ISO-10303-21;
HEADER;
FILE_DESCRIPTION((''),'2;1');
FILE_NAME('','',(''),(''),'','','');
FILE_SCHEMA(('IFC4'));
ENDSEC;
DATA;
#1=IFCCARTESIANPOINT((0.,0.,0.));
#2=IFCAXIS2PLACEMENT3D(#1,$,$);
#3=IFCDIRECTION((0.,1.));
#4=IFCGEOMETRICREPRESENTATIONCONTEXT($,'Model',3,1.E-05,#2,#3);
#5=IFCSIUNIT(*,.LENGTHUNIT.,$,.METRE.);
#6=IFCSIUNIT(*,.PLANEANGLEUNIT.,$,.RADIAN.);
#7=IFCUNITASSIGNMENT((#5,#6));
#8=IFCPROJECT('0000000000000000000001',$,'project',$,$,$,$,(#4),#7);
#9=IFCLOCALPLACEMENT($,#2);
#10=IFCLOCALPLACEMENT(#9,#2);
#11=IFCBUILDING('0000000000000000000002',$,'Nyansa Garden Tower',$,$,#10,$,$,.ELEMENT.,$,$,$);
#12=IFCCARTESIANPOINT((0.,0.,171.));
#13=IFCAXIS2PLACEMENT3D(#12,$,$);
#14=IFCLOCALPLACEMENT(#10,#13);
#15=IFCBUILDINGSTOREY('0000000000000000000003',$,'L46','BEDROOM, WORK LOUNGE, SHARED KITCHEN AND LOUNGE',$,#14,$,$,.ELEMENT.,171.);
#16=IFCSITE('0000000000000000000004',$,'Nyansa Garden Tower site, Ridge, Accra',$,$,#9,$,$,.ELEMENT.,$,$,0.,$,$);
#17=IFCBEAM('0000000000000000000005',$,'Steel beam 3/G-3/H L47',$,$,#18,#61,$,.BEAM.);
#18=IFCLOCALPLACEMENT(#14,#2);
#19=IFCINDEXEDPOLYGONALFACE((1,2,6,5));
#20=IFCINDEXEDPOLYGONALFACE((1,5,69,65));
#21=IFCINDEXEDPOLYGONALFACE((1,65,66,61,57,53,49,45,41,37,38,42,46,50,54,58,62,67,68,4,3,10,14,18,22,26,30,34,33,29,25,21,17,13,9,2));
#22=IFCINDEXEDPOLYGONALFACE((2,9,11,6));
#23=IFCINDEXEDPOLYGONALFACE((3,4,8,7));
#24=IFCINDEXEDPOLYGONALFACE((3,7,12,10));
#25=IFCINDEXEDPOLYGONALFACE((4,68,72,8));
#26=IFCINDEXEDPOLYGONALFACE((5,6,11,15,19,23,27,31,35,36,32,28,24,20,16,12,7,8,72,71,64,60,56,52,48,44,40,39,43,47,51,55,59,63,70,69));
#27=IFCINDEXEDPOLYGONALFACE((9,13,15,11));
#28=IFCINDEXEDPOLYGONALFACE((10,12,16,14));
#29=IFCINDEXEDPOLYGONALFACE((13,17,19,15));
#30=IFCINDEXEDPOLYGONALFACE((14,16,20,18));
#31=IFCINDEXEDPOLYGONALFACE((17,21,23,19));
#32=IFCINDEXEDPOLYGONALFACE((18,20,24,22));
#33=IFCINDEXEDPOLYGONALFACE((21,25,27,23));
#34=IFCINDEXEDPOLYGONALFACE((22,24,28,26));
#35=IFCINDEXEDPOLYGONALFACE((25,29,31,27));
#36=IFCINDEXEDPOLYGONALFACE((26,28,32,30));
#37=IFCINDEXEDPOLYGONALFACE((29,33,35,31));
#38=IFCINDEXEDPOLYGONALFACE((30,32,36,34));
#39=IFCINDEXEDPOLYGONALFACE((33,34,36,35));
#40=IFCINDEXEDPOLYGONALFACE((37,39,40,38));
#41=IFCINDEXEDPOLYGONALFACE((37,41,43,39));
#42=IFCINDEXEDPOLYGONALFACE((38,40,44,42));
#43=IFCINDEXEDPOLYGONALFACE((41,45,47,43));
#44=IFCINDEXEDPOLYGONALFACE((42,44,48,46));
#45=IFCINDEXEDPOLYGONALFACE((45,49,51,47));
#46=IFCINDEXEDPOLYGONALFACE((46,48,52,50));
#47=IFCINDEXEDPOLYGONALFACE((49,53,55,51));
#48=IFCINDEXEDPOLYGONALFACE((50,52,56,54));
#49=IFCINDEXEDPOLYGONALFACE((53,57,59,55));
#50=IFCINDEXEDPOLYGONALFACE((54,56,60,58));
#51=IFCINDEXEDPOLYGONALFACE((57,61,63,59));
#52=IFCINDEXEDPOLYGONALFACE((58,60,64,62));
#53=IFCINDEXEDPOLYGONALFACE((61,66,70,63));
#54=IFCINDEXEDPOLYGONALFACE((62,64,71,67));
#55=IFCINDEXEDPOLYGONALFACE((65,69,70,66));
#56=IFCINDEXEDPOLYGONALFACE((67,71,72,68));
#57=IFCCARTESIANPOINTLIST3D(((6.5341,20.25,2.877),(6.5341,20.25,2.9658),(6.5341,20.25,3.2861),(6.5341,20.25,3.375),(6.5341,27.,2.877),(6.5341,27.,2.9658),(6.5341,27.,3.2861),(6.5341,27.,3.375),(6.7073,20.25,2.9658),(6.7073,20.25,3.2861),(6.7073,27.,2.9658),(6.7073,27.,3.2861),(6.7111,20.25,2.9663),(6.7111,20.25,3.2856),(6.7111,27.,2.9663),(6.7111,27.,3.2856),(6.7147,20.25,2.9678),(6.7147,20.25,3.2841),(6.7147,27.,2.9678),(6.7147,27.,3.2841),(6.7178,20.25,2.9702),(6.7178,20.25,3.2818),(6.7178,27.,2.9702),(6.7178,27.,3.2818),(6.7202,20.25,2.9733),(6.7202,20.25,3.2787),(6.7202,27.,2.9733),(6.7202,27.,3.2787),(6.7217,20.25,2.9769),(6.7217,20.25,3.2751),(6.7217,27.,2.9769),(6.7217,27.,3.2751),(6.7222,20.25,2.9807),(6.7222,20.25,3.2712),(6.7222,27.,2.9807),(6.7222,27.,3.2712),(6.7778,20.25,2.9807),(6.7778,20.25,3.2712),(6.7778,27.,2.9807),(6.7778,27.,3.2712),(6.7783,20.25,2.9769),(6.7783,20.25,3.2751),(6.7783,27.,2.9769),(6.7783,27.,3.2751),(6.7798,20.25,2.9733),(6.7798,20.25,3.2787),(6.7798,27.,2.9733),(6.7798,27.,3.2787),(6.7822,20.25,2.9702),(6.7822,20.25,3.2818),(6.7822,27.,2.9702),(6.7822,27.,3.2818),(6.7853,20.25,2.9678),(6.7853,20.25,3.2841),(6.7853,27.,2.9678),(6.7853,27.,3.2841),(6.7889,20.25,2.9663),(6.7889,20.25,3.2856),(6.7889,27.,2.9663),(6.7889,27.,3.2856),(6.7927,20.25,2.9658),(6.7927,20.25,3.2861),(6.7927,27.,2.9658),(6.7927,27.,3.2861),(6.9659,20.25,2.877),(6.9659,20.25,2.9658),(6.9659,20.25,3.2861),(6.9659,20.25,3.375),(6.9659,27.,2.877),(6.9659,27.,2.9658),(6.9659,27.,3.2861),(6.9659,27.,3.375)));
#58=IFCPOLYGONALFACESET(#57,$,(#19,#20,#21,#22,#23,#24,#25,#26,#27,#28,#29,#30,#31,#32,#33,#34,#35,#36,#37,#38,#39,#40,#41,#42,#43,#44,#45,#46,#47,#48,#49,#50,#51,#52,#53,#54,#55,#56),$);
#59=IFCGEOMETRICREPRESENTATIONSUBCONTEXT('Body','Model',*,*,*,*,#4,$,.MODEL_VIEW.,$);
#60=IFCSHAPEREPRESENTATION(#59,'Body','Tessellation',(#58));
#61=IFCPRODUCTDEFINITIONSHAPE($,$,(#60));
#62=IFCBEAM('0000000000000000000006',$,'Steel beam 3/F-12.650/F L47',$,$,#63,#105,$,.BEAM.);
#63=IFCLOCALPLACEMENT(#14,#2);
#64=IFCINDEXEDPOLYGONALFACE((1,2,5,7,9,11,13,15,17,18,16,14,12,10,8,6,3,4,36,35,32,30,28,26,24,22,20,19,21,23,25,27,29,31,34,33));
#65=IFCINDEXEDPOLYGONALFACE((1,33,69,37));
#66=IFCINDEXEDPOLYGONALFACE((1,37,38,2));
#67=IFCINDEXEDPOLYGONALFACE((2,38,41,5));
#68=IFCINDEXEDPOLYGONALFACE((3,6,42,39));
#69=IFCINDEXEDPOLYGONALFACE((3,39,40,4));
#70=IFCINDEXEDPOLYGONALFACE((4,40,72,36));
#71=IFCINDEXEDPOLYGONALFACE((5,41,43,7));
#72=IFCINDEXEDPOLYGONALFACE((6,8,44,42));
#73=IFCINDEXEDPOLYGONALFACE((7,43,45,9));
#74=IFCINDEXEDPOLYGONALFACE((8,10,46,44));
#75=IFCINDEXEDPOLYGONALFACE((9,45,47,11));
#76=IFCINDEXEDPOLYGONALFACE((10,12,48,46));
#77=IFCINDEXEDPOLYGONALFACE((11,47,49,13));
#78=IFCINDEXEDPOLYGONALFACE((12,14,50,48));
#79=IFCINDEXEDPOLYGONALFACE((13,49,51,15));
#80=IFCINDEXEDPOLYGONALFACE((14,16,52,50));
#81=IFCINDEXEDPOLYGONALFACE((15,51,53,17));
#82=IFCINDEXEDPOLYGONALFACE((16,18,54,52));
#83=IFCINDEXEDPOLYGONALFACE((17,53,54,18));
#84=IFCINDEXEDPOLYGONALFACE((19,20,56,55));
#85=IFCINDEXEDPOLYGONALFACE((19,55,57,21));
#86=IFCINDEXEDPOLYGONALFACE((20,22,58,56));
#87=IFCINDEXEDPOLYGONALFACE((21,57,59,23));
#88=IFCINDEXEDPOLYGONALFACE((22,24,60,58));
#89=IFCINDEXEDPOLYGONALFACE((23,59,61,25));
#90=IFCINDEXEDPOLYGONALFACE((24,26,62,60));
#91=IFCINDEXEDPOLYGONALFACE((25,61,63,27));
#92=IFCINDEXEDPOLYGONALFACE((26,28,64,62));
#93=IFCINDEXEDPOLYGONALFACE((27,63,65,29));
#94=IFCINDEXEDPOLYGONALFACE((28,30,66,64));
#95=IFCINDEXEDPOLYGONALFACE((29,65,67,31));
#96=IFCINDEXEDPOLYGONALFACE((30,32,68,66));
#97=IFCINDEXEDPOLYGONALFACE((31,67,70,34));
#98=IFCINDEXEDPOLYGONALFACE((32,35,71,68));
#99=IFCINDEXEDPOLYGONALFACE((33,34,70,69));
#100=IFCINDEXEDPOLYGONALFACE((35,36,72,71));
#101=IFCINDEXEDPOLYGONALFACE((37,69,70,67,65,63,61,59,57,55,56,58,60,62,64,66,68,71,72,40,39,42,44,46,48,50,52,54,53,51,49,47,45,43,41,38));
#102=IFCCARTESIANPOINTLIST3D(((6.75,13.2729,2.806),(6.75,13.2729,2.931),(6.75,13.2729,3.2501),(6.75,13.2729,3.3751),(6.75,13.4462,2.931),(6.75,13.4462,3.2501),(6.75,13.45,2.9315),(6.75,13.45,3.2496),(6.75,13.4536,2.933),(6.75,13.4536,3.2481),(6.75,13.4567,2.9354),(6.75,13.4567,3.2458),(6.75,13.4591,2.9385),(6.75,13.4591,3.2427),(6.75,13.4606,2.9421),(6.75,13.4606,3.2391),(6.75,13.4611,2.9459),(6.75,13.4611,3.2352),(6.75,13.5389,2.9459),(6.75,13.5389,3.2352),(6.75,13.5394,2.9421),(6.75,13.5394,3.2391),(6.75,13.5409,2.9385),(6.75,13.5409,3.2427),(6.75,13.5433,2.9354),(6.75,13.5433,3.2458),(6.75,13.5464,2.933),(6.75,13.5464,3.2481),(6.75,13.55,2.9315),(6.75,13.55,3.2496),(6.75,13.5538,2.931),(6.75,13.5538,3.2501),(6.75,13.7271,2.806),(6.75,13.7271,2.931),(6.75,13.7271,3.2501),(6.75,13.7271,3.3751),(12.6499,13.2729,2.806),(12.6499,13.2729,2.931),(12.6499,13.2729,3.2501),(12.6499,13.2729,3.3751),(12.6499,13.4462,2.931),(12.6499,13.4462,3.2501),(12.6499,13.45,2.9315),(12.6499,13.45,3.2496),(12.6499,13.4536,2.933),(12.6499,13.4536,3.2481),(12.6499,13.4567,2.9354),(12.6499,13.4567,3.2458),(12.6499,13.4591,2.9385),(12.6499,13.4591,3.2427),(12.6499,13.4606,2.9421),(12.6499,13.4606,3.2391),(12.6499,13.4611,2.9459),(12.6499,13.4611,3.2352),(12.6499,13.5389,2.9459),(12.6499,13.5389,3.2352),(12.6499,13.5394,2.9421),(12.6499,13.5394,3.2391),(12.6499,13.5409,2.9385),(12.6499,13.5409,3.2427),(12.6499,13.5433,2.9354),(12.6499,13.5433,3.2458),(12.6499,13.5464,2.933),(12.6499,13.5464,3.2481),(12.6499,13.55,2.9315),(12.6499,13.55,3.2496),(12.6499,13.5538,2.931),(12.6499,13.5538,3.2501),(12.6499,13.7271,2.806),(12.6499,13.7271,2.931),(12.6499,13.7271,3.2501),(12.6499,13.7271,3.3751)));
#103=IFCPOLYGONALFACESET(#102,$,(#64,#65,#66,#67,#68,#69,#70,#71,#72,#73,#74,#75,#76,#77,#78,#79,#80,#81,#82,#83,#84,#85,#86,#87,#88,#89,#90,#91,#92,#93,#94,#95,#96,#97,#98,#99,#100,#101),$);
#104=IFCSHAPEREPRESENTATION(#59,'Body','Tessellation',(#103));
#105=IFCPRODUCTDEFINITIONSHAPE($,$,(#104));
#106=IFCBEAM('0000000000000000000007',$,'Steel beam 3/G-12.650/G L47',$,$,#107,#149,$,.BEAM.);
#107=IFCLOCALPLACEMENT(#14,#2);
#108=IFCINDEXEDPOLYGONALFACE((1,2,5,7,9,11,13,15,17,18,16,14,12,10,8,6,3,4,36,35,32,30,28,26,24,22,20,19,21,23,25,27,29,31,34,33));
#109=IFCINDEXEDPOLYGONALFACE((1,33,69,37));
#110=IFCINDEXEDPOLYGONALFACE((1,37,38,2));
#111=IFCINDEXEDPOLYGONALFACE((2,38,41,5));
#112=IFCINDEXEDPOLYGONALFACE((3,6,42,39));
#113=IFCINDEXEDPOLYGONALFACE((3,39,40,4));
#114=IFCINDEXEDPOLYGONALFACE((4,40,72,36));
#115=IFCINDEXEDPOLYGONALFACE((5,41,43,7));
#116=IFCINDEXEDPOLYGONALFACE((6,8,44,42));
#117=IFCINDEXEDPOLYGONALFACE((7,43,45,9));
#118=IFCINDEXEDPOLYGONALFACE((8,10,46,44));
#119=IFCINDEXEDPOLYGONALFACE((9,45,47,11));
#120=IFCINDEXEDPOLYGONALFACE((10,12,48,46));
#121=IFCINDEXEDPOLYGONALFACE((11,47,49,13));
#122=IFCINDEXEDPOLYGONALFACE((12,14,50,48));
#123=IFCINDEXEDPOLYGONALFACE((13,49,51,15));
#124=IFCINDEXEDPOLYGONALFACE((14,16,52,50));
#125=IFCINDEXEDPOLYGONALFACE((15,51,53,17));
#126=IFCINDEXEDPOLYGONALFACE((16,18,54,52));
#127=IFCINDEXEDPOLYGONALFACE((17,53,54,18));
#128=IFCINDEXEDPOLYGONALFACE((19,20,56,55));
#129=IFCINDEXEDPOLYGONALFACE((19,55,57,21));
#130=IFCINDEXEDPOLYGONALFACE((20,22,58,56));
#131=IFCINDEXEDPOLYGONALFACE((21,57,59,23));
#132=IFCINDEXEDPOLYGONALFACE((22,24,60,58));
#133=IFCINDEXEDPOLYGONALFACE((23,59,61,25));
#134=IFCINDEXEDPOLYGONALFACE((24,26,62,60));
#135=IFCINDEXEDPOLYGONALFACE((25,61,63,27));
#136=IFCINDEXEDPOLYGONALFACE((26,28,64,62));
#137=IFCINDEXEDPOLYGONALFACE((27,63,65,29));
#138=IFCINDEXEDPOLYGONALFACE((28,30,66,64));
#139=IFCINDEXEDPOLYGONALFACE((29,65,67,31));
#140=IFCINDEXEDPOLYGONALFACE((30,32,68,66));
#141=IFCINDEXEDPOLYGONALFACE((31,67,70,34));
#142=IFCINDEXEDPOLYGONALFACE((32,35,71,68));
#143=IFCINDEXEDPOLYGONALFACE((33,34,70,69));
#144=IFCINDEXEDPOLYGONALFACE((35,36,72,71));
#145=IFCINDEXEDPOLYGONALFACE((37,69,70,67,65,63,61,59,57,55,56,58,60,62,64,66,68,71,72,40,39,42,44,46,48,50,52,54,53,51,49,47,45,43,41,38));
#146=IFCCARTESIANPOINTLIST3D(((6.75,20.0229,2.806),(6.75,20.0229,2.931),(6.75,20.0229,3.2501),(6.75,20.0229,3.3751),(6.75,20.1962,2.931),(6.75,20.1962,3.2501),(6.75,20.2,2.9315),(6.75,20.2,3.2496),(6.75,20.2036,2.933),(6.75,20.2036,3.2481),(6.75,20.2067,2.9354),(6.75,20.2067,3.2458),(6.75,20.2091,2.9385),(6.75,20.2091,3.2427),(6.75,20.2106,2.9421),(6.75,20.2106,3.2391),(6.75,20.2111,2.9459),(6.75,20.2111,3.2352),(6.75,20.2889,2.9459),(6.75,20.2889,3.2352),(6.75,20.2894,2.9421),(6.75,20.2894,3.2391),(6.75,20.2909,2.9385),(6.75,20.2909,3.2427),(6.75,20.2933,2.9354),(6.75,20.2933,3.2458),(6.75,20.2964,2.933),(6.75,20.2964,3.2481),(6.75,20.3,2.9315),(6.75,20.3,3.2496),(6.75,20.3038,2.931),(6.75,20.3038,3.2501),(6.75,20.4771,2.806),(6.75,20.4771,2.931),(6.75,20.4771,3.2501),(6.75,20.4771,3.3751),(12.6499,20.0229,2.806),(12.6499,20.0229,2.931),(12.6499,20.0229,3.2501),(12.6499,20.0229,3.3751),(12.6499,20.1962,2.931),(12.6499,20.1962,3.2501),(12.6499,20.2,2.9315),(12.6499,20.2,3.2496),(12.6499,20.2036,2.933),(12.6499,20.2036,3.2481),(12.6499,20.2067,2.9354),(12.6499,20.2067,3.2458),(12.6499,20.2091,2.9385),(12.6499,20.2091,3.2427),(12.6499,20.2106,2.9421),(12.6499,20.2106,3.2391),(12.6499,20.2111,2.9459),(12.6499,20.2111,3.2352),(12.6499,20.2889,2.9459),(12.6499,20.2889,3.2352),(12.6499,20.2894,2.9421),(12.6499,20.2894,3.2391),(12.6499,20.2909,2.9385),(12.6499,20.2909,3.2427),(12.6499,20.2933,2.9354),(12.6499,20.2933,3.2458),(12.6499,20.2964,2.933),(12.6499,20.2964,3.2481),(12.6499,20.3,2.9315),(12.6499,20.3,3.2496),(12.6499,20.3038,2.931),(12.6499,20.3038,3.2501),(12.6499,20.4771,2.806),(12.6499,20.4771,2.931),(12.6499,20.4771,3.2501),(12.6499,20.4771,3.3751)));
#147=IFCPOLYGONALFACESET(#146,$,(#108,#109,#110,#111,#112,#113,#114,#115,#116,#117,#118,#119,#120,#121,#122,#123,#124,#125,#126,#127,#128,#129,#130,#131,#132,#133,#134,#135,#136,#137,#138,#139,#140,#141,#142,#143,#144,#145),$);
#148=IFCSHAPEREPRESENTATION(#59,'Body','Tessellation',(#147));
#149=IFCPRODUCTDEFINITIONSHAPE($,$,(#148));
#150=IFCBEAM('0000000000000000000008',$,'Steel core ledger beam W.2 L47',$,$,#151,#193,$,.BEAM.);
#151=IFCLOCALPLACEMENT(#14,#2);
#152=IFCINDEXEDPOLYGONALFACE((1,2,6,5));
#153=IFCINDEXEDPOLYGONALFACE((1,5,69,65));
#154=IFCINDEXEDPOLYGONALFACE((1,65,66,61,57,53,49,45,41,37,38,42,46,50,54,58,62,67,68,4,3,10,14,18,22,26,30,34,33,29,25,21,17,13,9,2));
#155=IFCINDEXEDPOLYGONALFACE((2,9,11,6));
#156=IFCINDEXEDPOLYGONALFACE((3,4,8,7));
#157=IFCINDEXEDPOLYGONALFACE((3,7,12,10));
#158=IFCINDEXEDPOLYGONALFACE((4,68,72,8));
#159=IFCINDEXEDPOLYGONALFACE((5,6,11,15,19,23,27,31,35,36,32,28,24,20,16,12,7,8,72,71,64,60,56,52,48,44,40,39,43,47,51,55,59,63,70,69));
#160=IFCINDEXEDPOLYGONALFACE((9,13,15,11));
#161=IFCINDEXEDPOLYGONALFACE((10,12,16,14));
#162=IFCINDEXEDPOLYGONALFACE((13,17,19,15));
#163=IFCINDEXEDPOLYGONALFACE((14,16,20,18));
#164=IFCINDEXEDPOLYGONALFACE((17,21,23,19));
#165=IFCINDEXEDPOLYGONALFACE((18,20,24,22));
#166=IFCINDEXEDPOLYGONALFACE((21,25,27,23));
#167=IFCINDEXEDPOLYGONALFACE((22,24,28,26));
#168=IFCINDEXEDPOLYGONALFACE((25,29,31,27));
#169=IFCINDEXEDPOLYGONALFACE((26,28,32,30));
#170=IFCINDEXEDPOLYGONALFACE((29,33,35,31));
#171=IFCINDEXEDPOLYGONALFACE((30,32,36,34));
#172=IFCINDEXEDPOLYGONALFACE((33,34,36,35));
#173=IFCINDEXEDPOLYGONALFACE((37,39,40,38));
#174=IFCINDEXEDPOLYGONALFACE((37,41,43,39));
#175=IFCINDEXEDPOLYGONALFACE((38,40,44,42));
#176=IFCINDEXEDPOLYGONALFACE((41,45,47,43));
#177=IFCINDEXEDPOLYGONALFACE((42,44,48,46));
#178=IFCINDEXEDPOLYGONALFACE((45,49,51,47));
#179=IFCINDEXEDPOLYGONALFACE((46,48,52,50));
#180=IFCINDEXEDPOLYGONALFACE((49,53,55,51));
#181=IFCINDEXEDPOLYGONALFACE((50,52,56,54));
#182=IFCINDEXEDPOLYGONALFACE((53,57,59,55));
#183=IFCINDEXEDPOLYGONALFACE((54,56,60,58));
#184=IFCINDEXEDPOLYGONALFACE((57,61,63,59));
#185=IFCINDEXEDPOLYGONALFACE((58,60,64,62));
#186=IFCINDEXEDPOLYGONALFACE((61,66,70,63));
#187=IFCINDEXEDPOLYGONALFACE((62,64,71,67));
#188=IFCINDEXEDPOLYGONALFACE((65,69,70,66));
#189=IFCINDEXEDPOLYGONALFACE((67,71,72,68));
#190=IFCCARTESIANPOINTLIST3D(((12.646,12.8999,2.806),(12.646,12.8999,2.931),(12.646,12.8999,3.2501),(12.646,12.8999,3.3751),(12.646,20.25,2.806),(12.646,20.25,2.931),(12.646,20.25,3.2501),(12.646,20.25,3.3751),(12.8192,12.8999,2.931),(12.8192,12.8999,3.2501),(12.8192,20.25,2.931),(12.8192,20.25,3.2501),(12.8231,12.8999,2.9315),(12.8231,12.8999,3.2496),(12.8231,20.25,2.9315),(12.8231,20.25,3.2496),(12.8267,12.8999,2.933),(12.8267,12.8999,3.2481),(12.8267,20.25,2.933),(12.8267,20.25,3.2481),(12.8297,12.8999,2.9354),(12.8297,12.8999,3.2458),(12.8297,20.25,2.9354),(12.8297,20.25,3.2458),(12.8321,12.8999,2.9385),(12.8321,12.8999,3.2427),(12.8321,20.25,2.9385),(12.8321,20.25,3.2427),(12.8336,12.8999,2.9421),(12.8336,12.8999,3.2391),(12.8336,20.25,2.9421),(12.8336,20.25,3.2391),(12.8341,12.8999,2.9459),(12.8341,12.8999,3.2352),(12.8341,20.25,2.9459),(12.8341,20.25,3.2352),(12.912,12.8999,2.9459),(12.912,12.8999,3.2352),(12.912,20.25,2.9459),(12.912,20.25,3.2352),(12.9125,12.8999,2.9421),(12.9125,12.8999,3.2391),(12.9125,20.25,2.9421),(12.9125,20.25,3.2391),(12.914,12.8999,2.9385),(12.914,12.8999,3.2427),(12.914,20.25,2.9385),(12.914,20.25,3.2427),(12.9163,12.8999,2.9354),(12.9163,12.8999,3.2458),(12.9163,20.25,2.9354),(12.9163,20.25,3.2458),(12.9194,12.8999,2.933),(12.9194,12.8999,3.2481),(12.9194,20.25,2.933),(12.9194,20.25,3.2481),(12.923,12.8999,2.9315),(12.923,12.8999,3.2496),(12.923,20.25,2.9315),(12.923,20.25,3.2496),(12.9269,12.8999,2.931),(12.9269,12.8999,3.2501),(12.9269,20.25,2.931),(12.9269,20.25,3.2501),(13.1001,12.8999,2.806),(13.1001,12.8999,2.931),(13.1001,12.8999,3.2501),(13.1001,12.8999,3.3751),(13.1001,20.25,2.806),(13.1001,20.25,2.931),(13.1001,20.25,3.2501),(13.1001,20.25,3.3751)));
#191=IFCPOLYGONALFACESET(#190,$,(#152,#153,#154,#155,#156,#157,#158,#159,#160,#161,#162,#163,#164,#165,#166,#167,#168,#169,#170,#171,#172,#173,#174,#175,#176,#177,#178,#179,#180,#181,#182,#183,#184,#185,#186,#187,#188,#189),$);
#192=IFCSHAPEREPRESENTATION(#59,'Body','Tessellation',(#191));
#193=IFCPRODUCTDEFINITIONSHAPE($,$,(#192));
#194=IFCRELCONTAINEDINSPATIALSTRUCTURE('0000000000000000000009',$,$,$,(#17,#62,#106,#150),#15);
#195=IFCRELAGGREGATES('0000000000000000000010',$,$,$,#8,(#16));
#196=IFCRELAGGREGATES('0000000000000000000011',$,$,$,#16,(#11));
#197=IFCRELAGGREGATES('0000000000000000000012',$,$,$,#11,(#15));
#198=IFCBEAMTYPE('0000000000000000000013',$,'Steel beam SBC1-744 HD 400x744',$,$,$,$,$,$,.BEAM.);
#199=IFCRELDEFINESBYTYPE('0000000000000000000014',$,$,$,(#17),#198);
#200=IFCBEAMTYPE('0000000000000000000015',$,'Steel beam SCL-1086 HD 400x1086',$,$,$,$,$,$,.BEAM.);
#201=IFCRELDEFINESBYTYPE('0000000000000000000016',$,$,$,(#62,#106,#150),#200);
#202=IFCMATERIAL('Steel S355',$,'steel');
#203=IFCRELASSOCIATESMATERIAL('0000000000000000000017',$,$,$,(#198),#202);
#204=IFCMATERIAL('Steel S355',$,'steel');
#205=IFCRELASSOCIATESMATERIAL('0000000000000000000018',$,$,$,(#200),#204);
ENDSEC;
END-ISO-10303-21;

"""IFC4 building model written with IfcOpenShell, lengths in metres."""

from ifc_helpers import new_model, si_unit, direction, frame, origin, origin_2d, place, context, subcontext, project, spatial, i_section, extrude, material, material_profile, profile_set, type_object, element, save


model = new_model("IFC4")

# Units and contexts
model_context = context("Model", 3, precision=1e-05, world=origin(), true_north=direction((0.0, 1.0)))
body_context = subcontext(model_context, "Body", "Model", "MODEL_VIEW")
ifc_project = project(units=[si_unit("LENGTHUNIT", "METRE"), si_unit("PLANEANGLEUNIT", "RADIAN")], contexts=[model_context])

# Site, building, storey
site_placement = place(None, origin())
site = spatial("IfcSite", under=ifc_project, at=site_placement, Name="Nyansa Garden Tower site, Ridge, Accra", CompositionType="ELEMENT", RefElevation=0.0)
building_placement = place(site_placement, origin())
building = spatial("IfcBuilding", under=site, at=building_placement, Name="Nyansa Garden Tower", CompositionType="ELEMENT")
storey_placement = place(building_placement, frame((0.0, 0.0, 171.0)))
storey = spatial("IfcBuildingStorey", under=building, at=storey_placement, Name="L46", Description="BEDROOM, WORK LOUNGE, SHARED KITCHEN AND LOUNGE", CompositionType="ELEMENT", Elevation=171.0)

# Beams
ifc_material_1 = material(Name="Steel S355", Category="steel")
ifc_material_profile_1 = material_profile(ifc_material_1, i_section(OverallWidth=0.4319, OverallDepth=0.498, WebThickness=0.0557, FlangeThickness=0.0889, FilletRadius=0.0149, at=origin_2d()), Name="HD 400x744")
ifc_profile_set_1 = profile_set([ifc_material_profile_1], Name="Steel S355")
beam_type_1 = type_object("IfcBeamType", Name="Steel beam SBC1-744 HD 400x744", PredefinedType="BEAM", material=ifc_profile_set_1)
for number, where, z_axis, x_axis, name in (
    (1, (6.75, 20.25, 3.126), (0.0, 1.0, 0.0), (-1.0, 0.0, 0.0), "Steel beam 3/G-3/H L47"),
):
    element("IfcBeam", number, at=place(storey_placement, frame(where, z_axis=z_axis, x_axis=x_axis)), inside=storey, type_object=beam_type_1, Name=name, PredefinedType="BEAM", context=body_context, shape_type="SweptSolid", body=[
        extrude(i_section(OverallWidth=0.4319, OverallDepth=0.498, WebThickness=0.0557, FlangeThickness=0.0889, FilletRadius=0.0149, at=origin_2d()), origin(), (0.0, 0.0, 1.0), 6.75),
    ])
ifc_material_2 = material(Name="Steel S355", Category="steel")
ifc_material_profile_2 = material_profile(ifc_material_2, i_section(OverallWidth=0.4541, OverallDepth=0.5691, WebThickness=0.0779, FlangeThickness=0.125, FilletRadius=0.0149, at=origin_2d()), Name="HD 400x1086")
ifc_profile_set_2 = profile_set([ifc_material_profile_2], Name="Steel S355")
beam_type_2 = type_object("IfcBeamType", Name="Steel beam SCL-1086 HD 400x1086", PredefinedType="BEAM", material=ifc_profile_set_2)
for number, where, z_axis, x_axis, name in (
    (2, (6.75, 13.5, 3.0906), (1.0, 0.0, 0.0), (0.0, 1.0, 0.0), "Steel beam 3/F-12.650/F L47"),
    (3, (6.75, 20.25, 3.0906), (1.0, 0.0, 0.0), (0.0, 1.0, 0.0), "Steel beam 3/G-12.650/G L47"),
):
    element("IfcBeam", number, at=place(storey_placement, frame(where, z_axis=z_axis, x_axis=x_axis)), inside=storey, type_object=beam_type_2, Name=name, PredefinedType="BEAM", context=body_context, shape_type="SweptSolid", body=[
        extrude(i_section(OverallWidth=0.4541, OverallDepth=0.5691, WebThickness=0.0779, FlangeThickness=0.125, FilletRadius=0.0149, at=origin_2d()), origin(), (0.0, 0.0, 1.0), 5.8999),
    ])
beam_placement = place(storey_placement, frame((12.873, 20.25, 3.0906), z_axis=(0.0, -1.0, 0.0), x_axis=(1.0, 0.0, 0.0)))
element("IfcBeam", 4, at=beam_placement, inside=storey, type_object=beam_type_2, Name="Steel core ledger beam W.2 L47", PredefinedType="BEAM", context=body_context, shape_type="SweptSolid", body=[
    extrude(i_section(OverallWidth=0.4541, OverallDepth=0.5691, WebThickness=0.0779, FlangeThickness=0.125, FilletRadius=0.0149, at=origin_2d()), origin(), (0.0, 0.0, 1.0), 7.3501),
])

save(model, "model.ifc")
